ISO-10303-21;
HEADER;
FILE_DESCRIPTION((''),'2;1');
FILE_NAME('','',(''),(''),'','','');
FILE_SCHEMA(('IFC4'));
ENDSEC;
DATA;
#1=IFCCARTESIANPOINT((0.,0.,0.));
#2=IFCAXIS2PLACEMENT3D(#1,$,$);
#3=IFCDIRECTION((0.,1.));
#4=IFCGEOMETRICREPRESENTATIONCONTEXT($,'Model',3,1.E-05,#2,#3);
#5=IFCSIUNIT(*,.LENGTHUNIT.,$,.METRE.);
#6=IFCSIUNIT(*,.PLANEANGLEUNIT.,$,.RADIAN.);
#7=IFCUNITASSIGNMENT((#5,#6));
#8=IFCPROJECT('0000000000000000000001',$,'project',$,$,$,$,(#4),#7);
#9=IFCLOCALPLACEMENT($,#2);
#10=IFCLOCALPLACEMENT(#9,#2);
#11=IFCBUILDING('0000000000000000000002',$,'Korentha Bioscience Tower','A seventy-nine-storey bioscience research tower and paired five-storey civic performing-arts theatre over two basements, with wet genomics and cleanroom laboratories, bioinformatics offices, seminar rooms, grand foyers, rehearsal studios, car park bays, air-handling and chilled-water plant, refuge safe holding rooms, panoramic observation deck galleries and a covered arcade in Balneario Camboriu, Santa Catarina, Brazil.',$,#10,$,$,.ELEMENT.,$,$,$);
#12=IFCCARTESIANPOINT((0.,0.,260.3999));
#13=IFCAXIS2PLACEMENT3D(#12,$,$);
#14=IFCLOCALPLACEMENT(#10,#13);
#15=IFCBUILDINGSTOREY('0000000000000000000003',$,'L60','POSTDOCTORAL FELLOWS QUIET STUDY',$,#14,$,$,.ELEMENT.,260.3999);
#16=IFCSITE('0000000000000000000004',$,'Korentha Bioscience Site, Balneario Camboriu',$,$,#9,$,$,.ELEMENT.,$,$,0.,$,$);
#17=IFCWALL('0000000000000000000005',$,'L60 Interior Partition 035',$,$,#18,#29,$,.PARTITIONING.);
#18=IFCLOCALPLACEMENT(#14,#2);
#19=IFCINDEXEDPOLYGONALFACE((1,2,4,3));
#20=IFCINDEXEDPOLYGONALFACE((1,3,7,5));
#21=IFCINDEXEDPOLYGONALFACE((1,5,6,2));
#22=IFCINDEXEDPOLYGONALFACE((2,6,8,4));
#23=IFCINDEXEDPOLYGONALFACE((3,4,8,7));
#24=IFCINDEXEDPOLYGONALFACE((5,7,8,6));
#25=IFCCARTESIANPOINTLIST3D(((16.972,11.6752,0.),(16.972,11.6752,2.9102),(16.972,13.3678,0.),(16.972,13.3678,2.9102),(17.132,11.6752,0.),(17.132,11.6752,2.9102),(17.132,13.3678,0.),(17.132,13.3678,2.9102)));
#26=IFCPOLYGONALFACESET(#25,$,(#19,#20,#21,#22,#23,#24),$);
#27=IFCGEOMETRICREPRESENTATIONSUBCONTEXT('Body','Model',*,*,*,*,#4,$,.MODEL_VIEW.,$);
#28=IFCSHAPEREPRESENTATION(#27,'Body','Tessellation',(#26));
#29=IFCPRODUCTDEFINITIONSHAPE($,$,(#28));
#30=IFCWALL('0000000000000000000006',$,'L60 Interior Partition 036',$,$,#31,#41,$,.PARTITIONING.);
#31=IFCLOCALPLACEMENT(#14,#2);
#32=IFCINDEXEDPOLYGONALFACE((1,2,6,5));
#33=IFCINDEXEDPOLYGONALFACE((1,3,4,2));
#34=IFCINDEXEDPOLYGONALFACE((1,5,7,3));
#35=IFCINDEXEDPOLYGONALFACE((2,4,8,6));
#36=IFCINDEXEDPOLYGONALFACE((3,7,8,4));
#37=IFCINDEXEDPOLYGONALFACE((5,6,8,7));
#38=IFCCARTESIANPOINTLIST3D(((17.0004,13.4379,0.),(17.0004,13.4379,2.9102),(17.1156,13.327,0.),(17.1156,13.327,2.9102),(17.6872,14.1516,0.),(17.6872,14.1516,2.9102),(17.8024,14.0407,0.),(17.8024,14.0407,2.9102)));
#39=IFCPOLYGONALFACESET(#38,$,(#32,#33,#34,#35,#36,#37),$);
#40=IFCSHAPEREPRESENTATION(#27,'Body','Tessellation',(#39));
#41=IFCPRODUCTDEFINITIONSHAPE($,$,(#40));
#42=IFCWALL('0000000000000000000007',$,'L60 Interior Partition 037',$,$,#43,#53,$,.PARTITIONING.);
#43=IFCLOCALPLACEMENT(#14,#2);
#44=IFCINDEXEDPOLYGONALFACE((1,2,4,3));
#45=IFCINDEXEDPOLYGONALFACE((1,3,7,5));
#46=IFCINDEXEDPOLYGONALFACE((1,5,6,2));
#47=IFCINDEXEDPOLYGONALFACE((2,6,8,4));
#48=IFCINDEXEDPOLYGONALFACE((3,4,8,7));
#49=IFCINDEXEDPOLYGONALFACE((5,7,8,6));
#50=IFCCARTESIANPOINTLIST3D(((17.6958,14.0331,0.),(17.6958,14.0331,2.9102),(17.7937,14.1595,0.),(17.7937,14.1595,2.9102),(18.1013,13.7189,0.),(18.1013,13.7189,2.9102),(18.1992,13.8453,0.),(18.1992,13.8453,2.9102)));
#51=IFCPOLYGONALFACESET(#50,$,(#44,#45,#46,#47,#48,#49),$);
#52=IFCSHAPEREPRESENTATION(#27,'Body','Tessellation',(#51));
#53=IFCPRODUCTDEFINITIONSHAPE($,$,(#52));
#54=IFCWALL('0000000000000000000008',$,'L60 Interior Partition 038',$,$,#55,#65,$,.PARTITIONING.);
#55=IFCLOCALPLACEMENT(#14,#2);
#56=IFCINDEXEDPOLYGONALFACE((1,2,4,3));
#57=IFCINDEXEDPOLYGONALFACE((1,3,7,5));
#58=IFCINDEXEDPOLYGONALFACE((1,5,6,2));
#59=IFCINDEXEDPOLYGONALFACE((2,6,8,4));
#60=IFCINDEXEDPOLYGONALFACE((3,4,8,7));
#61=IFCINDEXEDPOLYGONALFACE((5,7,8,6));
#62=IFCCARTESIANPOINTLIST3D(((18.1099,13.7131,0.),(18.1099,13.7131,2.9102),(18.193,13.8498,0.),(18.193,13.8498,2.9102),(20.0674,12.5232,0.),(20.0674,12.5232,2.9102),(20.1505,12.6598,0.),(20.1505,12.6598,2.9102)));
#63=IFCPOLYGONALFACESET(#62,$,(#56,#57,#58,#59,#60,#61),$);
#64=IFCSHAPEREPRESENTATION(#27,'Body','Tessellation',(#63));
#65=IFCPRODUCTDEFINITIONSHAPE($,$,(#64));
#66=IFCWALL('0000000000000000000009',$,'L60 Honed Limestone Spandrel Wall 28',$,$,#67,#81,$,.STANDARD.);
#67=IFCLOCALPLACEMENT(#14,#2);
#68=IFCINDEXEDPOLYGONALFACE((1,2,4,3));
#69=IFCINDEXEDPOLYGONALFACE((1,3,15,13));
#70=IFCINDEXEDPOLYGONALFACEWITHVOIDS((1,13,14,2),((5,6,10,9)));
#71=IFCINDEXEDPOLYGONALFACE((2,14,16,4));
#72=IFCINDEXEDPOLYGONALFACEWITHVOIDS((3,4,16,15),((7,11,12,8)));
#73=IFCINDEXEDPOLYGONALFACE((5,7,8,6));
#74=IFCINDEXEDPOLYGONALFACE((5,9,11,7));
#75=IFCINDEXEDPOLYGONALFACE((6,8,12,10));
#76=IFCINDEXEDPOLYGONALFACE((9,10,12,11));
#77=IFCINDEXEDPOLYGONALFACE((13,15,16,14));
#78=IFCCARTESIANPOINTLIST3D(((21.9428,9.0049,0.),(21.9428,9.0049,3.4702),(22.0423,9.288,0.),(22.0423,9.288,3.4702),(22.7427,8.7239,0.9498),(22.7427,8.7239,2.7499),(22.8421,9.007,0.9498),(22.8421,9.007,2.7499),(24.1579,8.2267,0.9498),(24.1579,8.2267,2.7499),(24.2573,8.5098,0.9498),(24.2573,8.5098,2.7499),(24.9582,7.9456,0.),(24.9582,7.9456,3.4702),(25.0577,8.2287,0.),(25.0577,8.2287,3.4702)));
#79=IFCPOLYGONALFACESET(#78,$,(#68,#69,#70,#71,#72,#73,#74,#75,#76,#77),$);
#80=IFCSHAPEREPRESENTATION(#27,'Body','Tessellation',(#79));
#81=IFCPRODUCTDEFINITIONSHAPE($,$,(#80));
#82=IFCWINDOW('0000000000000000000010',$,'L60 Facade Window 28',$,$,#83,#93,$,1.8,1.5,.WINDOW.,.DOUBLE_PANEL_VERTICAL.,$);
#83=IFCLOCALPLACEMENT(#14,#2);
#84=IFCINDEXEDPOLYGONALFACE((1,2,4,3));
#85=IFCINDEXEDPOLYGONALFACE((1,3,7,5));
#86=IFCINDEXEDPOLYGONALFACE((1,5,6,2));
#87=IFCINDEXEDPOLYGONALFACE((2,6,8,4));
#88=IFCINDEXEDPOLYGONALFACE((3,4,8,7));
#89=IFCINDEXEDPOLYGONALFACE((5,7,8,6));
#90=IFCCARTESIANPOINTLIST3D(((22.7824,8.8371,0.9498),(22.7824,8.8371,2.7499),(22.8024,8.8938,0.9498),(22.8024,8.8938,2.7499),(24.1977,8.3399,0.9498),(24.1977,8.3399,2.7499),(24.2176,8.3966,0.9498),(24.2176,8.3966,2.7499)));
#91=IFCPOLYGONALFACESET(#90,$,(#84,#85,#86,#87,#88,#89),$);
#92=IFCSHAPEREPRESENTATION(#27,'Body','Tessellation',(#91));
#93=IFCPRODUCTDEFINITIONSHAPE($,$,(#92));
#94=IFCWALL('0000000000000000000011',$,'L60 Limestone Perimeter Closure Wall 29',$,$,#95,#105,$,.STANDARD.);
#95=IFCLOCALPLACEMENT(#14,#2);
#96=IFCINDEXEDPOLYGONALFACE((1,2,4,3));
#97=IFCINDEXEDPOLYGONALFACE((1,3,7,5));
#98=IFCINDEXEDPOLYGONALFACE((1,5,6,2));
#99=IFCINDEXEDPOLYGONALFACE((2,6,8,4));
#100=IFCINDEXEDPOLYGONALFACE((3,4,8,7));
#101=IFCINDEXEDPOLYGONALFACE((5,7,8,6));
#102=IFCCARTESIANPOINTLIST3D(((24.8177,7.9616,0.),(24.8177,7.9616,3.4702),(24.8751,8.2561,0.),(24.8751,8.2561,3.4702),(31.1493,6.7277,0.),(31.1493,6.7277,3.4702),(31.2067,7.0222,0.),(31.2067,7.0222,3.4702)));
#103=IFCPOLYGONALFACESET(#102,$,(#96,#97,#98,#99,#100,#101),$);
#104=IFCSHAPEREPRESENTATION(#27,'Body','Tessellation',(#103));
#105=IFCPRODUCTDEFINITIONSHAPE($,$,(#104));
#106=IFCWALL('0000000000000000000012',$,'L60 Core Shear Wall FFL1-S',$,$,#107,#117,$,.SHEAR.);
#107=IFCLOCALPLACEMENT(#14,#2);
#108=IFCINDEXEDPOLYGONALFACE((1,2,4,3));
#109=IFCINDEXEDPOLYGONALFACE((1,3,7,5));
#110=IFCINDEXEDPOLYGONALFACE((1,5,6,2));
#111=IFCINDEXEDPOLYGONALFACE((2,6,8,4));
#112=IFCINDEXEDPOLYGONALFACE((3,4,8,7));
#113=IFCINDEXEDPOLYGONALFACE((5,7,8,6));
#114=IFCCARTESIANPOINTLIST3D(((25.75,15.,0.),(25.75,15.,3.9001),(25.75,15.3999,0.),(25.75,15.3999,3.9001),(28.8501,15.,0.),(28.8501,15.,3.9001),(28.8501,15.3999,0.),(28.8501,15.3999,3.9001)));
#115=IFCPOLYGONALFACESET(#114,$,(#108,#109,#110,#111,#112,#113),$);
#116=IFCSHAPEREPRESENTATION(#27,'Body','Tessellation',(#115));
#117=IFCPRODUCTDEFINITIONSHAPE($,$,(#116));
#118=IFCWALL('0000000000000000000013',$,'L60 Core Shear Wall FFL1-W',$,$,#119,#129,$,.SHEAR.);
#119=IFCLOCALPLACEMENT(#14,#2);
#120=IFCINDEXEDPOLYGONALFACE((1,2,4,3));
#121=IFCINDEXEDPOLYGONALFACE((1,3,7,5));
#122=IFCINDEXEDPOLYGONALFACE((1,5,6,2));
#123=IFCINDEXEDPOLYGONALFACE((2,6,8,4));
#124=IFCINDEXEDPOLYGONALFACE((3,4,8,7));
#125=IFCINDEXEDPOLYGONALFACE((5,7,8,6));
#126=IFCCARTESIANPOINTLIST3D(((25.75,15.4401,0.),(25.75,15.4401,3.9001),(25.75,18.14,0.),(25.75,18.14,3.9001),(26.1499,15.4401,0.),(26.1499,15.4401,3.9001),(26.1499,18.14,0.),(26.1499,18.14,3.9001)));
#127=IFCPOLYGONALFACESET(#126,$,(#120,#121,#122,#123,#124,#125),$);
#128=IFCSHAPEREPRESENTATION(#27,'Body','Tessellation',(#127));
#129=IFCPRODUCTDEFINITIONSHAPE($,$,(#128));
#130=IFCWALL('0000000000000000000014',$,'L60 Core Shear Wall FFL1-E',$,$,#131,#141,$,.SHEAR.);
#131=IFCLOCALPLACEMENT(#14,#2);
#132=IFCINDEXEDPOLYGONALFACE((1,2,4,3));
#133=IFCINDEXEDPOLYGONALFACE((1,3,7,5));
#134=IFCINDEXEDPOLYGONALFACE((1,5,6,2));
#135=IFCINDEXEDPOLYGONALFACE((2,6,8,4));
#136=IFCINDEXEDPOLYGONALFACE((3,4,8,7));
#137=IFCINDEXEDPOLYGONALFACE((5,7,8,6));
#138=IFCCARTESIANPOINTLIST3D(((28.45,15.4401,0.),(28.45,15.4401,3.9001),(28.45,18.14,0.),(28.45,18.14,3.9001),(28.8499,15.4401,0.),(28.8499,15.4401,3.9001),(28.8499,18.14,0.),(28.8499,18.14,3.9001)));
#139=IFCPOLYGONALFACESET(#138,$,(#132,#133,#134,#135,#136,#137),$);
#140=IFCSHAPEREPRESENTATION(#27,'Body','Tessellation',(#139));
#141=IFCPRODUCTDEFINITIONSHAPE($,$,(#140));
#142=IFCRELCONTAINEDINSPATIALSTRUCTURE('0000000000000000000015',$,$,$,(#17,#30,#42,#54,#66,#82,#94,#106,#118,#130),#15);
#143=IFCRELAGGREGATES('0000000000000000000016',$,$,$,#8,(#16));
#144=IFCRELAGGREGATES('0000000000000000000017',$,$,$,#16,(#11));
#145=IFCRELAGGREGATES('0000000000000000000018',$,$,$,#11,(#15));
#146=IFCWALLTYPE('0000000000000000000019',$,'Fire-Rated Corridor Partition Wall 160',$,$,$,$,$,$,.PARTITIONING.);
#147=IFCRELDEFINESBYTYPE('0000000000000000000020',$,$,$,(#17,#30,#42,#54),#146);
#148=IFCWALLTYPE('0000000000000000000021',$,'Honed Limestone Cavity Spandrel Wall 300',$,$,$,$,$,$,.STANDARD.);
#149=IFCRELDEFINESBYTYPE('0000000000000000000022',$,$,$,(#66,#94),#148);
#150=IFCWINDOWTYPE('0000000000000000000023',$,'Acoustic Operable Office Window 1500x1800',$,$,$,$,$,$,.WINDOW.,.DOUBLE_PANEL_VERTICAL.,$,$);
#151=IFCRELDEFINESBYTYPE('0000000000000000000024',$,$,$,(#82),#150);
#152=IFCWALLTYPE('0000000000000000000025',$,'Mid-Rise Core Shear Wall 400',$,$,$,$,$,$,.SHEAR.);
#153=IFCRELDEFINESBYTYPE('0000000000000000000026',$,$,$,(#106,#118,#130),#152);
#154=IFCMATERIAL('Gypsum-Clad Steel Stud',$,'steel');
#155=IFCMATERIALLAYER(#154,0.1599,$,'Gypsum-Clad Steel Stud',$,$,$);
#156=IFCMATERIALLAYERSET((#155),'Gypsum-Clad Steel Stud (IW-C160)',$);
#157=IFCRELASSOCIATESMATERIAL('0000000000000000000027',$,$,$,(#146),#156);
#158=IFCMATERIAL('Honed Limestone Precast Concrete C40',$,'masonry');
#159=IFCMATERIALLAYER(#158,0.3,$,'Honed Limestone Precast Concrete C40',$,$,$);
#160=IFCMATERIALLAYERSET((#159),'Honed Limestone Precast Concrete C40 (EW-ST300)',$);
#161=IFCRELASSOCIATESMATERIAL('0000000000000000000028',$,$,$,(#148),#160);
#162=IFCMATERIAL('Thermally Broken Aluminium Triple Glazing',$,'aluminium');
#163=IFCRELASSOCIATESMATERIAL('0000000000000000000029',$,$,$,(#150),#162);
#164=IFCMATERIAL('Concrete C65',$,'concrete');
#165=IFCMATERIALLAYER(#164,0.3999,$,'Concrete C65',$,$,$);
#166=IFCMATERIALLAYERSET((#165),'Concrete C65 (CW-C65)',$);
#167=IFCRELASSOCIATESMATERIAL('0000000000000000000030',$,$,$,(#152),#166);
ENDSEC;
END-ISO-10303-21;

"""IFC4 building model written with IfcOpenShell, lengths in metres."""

from ifc_helpers import new_model, si_unit, direction, frame, frame_2d, origin, place, context, subcontext, project, spatial, rectangle, extrude, material, layer, layer_set, type_object, element, fill, save


model = new_model("IFC4")

# Units and contexts
model_context = context("Model", 3, precision=1e-05, world=origin(), true_north=direction((0.0, 1.0)))
body_context = subcontext(model_context, "Body", "Model", "MODEL_VIEW")
ifc_project = project(units=[si_unit("LENGTHUNIT", "METRE"), si_unit("PLANEANGLEUNIT", "RADIAN")], contexts=[model_context])

# Site, building, storey
site_placement = place(None, origin())
site = spatial("IfcSite", under=ifc_project, at=site_placement, Name="Korentha Bioscience Site, Balneario Camboriu", CompositionType="ELEMENT", RefElevation=0.0)
building_placement = place(site_placement, origin())
building = spatial("IfcBuilding", under=site, at=building_placement, Name="Korentha Bioscience Tower", Description="A seventy-nine-storey bioscience research tower and paired five-storey civic performing-arts theatre over two basements, with wet genomics and cleanroom laboratories, bioinformatics offices, seminar rooms, grand foyers, rehearsal studios, car park bays, air-handling and chilled-water plant, refuge safe holding rooms, panoramic observation deck galleries and a covered arcade in Balneario Camboriu, Santa Catarina, Brazil.", CompositionType="ELEMENT")
storey_placement = place(building_placement, frame((0.0, 0.0, 260.3999)))
storey = spatial("IfcBuildingStorey", under=building, at=storey_placement, Name="L60", Description="POSTDOCTORAL FELLOWS QUIET STUDY", CompositionType="ELEMENT", Elevation=260.3999)

# Shared definitions
ifc_material_1 = material(Name="Concrete C65", Category="concrete")

# Shared definitions
ifc_material_2 = material(Name="Gypsum-Clad Steel Stud", Category="steel")
ifc_layer_1 = layer(ifc_material_2, 0.1599, Name="Gypsum-Clad Steel Stud")
ifc_layer_set_1 = layer_set([ifc_layer_1], Name="Gypsum-Clad Steel Stud (IW-C160)")
wall_type_1 = type_object("IfcWallType", Name="Fire-Rated Corridor Partition Wall 160", PredefinedType="PARTITIONING", material=ifc_layer_set_1)

# Walls
wall_1_placement = place(storey_placement, frame((17.052, 11.6753, 0.0), z_axis=(0.0, 0.0, 1.0), x_axis=(0.0, 1.0, 0.0)))
element("IfcWall", 1, at=wall_1_placement, inside=storey, type_object=wall_type_1, Name="L60 Interior Partition 035", PredefinedType="PARTITIONING", context=body_context, shape_type="SweptSolid", body=[
    extrude(rectangle(XDim=1.6926, YDim=0.1599, at=frame_2d((0.8462, 0.0))), origin(), (0.0, 0.0, 1.0), 2.9102),
])
wall_2_placement = place(storey_placement, frame((17.0581, 13.3826, 0.0), z_axis=(0.0, 0.0, 1.0), x_axis=(0.693419, 0.720535, 0.0)))
element("IfcWall", 2, at=wall_2_placement, inside=storey, type_object=wall_type_1, Name="L60 Interior Partition 036", PredefinedType="PARTITIONING", context=body_context, shape_type="SweptSolid", body=[
    extrude(rectangle(XDim=0.9905, YDim=0.1599, at=frame_2d((0.4951, 0.0))), origin(), (0.0, 0.0, 1.0), 2.9102),
])
wall_3_placement = place(storey_placement, frame((17.7449, 14.0962, 0.0), z_axis=(0.0, 0.0, 1.0), x_axis=(0.790478, -0.61249, 0.0)))
element("IfcWall", 3, at=wall_3_placement, inside=storey, type_object=wall_type_1, Name="L60 Interior Partition 037", PredefinedType="PARTITIONING", context=body_context, shape_type="SweptSolid", body=[
    extrude(rectangle(XDim=0.5129, YDim=0.1599, at=frame_2d((0.2563, 0.0))), origin(), (0.0, 0.0, 1.0), 2.9102),
])
wall_4_placement = place(storey_placement, frame((18.1514, 13.7815, 0.0), z_axis=(0.0, 0.0, 1.0), x_axis=(0.854507, -0.51944, 0.0)))
element("IfcWall", 4, at=wall_4_placement, inside=storey, type_object=wall_type_1, Name="L60 Interior Partition 038", PredefinedType="PARTITIONING", context=body_context, shape_type="SweptSolid", body=[
    extrude(rectangle(XDim=2.2908, YDim=0.1599, at=frame_2d((1.1455, 0.0))), origin(), (0.0, 0.0, 1.0), 2.9102),
])

# Wall, opening, window
ifc_material_3 = material(Name="Honed Limestone Precast Concrete C40", Category="masonry")
ifc_layer_2 = layer(ifc_material_3, 0.3, Name="Honed Limestone Precast Concrete C40")
ifc_layer_set_2 = layer_set([ifc_layer_2], Name="Honed Limestone Precast Concrete C40 (EW-ST300)")
wall_type_2 = type_object("IfcWallType", Name="Honed Limestone Cavity Spandrel Wall 300", PredefinedType="STANDARD", material=ifc_layer_set_2)
wall_5_placement = place(storey_placement, frame((21.9924, 9.1465, 0.0), z_axis=(0.0, 0.0, 1.0), x_axis=(0.943473, -0.331449, 0.0)))
wall_5 = element("IfcWall", 5, at=wall_5_placement, inside=storey, type_object=wall_type_2, Name="L60 Honed Limestone Spandrel Wall 28", PredefinedType="STANDARD", context=body_context, shape_type="SweptSolid", body=[
    extrude(rectangle(XDim=3.196, YDim=0.3, at=frame_2d((1.5981, 0.0))), origin(), (0.0, 0.0, 1.0), 3.4702),
])
opening_1_placement = place(wall_5_placement, frame((0.8479, 0.0, 0.95)))
opening_1 = element("IfcOpeningElement", 6, at=opening_1_placement, cuts=wall_5, PredefinedType="OPENING", context=body_context, shape_type="SweptSolid", body=[
    extrude(rectangle(XDim=1.5, YDim=1.8, at=frame_2d((0.75, 0.8999))), frame((0.0, 0.165, 0.0), z_axis=(0.0, -1.0, 0.0), x_axis=(1.0, 0.0, 0.0)), (0.0, 0.0, 1.0), 0.3298),
])
ifc_material_4 = material(Name="Thermally Broken Aluminium Triple Glazing", Category="aluminium")
window_type = type_object("IfcWindowType", Name="Acoustic Operable Office Window 1500x1800", PartitioningType="DOUBLE_PANEL_VERTICAL", PredefinedType="WINDOW", material=ifc_material_4)
window_placement = place(opening_1_placement, origin())
window = element("IfcWindow", 7, at=window_placement, inside=storey, type_object=window_type, Name="L60 Facade Window 28", OverallHeight=1.8, OverallWidth=1.5, PartitioningType="DOUBLE_PANEL_VERTICAL", PredefinedType="WINDOW", context=body_context, shape_type="SweptSolid", body=[
    extrude(rectangle(XDim=1.5, YDim=1.8, at=frame_2d((0.75, 0.8999))), frame((0.0, 0.03, 0.0), z_axis=(0.0, -1.0, 0.0), x_axis=(1.0, 0.0, 0.0)), (0.0, 0.0, 1.0), 0.0601),
])
fill(opening_1, window)

# Walls
wall_6_placement = place(storey_placement, frame((24.8464, 8.1089, 0.0), z_axis=(0.0, 0.0, 1.0), x_axis=(0.981535, -0.191281, 0.0)))
element("IfcWall", 8, at=wall_6_placement, inside=storey, type_object=wall_type_2, Name="L60 Limestone Perimeter Closure Wall 29", PredefinedType="STANDARD", context=body_context, shape_type="SweptSolid", body=[
    extrude(rectangle(XDim=6.4507, YDim=0.3, at=frame_2d((3.2253, 0.0))), origin(), (0.0, 0.0, 1.0), 3.4702),
])
ifc_layer_3 = layer(ifc_material_1, 0.3999, Name="Concrete C65")
ifc_layer_set_3 = layer_set([ifc_layer_3], Name="Concrete C65 (CW-C65)")
wall_type_3 = type_object("IfcWallType", Name="Mid-Rise Core Shear Wall 400", PredefinedType="SHEAR", material=ifc_layer_set_3)
wall_7_placement = place(storey_placement, frame((25.75, 15.2, 0.0), z_axis=(0.0, 0.0, 1.0), x_axis=(1.0, 0.0, 0.0)))
element("IfcWall", 9, at=wall_7_placement, inside=storey, type_object=wall_type_3, Name="L60 Core Shear Wall FFL1-S", PredefinedType="SHEAR", context=body_context, shape_type="SweptSolid", body=[
    extrude(rectangle(XDim=3.1001, YDim=0.3999, at=frame_2d((1.55, 0.0))), origin(), (0.0, 0.0, 1.0), 3.9001),
])
for number, where, z_axis, x_axis, name in (
    (10, (25.95, 15.4399, 0.0), (0.0, 0.0, 1.0), (0.0, 1.0, 0.0), "L60 Core Shear Wall FFL1-W"),
    (11, (28.6499, 15.4399, 0.0), (0.0, 0.0, 1.0), (0.0, 1.0, 0.0), "L60 Core Shear Wall FFL1-E"),
):
    element("IfcWall", number, at=place(storey_placement, frame(where, z_axis=z_axis, x_axis=x_axis)), inside=storey, type_object=wall_type_3, Name=name, PredefinedType="SHEAR", context=body_context, shape_type="SweptSolid", body=[
        extrude(rectangle(XDim=2.7, YDim=0.3999, at=frame_2d((1.3501, 0.0))), origin(), (0.0, 0.0, 1.0), 3.9001),
    ])

save(model, "model.ifc")
